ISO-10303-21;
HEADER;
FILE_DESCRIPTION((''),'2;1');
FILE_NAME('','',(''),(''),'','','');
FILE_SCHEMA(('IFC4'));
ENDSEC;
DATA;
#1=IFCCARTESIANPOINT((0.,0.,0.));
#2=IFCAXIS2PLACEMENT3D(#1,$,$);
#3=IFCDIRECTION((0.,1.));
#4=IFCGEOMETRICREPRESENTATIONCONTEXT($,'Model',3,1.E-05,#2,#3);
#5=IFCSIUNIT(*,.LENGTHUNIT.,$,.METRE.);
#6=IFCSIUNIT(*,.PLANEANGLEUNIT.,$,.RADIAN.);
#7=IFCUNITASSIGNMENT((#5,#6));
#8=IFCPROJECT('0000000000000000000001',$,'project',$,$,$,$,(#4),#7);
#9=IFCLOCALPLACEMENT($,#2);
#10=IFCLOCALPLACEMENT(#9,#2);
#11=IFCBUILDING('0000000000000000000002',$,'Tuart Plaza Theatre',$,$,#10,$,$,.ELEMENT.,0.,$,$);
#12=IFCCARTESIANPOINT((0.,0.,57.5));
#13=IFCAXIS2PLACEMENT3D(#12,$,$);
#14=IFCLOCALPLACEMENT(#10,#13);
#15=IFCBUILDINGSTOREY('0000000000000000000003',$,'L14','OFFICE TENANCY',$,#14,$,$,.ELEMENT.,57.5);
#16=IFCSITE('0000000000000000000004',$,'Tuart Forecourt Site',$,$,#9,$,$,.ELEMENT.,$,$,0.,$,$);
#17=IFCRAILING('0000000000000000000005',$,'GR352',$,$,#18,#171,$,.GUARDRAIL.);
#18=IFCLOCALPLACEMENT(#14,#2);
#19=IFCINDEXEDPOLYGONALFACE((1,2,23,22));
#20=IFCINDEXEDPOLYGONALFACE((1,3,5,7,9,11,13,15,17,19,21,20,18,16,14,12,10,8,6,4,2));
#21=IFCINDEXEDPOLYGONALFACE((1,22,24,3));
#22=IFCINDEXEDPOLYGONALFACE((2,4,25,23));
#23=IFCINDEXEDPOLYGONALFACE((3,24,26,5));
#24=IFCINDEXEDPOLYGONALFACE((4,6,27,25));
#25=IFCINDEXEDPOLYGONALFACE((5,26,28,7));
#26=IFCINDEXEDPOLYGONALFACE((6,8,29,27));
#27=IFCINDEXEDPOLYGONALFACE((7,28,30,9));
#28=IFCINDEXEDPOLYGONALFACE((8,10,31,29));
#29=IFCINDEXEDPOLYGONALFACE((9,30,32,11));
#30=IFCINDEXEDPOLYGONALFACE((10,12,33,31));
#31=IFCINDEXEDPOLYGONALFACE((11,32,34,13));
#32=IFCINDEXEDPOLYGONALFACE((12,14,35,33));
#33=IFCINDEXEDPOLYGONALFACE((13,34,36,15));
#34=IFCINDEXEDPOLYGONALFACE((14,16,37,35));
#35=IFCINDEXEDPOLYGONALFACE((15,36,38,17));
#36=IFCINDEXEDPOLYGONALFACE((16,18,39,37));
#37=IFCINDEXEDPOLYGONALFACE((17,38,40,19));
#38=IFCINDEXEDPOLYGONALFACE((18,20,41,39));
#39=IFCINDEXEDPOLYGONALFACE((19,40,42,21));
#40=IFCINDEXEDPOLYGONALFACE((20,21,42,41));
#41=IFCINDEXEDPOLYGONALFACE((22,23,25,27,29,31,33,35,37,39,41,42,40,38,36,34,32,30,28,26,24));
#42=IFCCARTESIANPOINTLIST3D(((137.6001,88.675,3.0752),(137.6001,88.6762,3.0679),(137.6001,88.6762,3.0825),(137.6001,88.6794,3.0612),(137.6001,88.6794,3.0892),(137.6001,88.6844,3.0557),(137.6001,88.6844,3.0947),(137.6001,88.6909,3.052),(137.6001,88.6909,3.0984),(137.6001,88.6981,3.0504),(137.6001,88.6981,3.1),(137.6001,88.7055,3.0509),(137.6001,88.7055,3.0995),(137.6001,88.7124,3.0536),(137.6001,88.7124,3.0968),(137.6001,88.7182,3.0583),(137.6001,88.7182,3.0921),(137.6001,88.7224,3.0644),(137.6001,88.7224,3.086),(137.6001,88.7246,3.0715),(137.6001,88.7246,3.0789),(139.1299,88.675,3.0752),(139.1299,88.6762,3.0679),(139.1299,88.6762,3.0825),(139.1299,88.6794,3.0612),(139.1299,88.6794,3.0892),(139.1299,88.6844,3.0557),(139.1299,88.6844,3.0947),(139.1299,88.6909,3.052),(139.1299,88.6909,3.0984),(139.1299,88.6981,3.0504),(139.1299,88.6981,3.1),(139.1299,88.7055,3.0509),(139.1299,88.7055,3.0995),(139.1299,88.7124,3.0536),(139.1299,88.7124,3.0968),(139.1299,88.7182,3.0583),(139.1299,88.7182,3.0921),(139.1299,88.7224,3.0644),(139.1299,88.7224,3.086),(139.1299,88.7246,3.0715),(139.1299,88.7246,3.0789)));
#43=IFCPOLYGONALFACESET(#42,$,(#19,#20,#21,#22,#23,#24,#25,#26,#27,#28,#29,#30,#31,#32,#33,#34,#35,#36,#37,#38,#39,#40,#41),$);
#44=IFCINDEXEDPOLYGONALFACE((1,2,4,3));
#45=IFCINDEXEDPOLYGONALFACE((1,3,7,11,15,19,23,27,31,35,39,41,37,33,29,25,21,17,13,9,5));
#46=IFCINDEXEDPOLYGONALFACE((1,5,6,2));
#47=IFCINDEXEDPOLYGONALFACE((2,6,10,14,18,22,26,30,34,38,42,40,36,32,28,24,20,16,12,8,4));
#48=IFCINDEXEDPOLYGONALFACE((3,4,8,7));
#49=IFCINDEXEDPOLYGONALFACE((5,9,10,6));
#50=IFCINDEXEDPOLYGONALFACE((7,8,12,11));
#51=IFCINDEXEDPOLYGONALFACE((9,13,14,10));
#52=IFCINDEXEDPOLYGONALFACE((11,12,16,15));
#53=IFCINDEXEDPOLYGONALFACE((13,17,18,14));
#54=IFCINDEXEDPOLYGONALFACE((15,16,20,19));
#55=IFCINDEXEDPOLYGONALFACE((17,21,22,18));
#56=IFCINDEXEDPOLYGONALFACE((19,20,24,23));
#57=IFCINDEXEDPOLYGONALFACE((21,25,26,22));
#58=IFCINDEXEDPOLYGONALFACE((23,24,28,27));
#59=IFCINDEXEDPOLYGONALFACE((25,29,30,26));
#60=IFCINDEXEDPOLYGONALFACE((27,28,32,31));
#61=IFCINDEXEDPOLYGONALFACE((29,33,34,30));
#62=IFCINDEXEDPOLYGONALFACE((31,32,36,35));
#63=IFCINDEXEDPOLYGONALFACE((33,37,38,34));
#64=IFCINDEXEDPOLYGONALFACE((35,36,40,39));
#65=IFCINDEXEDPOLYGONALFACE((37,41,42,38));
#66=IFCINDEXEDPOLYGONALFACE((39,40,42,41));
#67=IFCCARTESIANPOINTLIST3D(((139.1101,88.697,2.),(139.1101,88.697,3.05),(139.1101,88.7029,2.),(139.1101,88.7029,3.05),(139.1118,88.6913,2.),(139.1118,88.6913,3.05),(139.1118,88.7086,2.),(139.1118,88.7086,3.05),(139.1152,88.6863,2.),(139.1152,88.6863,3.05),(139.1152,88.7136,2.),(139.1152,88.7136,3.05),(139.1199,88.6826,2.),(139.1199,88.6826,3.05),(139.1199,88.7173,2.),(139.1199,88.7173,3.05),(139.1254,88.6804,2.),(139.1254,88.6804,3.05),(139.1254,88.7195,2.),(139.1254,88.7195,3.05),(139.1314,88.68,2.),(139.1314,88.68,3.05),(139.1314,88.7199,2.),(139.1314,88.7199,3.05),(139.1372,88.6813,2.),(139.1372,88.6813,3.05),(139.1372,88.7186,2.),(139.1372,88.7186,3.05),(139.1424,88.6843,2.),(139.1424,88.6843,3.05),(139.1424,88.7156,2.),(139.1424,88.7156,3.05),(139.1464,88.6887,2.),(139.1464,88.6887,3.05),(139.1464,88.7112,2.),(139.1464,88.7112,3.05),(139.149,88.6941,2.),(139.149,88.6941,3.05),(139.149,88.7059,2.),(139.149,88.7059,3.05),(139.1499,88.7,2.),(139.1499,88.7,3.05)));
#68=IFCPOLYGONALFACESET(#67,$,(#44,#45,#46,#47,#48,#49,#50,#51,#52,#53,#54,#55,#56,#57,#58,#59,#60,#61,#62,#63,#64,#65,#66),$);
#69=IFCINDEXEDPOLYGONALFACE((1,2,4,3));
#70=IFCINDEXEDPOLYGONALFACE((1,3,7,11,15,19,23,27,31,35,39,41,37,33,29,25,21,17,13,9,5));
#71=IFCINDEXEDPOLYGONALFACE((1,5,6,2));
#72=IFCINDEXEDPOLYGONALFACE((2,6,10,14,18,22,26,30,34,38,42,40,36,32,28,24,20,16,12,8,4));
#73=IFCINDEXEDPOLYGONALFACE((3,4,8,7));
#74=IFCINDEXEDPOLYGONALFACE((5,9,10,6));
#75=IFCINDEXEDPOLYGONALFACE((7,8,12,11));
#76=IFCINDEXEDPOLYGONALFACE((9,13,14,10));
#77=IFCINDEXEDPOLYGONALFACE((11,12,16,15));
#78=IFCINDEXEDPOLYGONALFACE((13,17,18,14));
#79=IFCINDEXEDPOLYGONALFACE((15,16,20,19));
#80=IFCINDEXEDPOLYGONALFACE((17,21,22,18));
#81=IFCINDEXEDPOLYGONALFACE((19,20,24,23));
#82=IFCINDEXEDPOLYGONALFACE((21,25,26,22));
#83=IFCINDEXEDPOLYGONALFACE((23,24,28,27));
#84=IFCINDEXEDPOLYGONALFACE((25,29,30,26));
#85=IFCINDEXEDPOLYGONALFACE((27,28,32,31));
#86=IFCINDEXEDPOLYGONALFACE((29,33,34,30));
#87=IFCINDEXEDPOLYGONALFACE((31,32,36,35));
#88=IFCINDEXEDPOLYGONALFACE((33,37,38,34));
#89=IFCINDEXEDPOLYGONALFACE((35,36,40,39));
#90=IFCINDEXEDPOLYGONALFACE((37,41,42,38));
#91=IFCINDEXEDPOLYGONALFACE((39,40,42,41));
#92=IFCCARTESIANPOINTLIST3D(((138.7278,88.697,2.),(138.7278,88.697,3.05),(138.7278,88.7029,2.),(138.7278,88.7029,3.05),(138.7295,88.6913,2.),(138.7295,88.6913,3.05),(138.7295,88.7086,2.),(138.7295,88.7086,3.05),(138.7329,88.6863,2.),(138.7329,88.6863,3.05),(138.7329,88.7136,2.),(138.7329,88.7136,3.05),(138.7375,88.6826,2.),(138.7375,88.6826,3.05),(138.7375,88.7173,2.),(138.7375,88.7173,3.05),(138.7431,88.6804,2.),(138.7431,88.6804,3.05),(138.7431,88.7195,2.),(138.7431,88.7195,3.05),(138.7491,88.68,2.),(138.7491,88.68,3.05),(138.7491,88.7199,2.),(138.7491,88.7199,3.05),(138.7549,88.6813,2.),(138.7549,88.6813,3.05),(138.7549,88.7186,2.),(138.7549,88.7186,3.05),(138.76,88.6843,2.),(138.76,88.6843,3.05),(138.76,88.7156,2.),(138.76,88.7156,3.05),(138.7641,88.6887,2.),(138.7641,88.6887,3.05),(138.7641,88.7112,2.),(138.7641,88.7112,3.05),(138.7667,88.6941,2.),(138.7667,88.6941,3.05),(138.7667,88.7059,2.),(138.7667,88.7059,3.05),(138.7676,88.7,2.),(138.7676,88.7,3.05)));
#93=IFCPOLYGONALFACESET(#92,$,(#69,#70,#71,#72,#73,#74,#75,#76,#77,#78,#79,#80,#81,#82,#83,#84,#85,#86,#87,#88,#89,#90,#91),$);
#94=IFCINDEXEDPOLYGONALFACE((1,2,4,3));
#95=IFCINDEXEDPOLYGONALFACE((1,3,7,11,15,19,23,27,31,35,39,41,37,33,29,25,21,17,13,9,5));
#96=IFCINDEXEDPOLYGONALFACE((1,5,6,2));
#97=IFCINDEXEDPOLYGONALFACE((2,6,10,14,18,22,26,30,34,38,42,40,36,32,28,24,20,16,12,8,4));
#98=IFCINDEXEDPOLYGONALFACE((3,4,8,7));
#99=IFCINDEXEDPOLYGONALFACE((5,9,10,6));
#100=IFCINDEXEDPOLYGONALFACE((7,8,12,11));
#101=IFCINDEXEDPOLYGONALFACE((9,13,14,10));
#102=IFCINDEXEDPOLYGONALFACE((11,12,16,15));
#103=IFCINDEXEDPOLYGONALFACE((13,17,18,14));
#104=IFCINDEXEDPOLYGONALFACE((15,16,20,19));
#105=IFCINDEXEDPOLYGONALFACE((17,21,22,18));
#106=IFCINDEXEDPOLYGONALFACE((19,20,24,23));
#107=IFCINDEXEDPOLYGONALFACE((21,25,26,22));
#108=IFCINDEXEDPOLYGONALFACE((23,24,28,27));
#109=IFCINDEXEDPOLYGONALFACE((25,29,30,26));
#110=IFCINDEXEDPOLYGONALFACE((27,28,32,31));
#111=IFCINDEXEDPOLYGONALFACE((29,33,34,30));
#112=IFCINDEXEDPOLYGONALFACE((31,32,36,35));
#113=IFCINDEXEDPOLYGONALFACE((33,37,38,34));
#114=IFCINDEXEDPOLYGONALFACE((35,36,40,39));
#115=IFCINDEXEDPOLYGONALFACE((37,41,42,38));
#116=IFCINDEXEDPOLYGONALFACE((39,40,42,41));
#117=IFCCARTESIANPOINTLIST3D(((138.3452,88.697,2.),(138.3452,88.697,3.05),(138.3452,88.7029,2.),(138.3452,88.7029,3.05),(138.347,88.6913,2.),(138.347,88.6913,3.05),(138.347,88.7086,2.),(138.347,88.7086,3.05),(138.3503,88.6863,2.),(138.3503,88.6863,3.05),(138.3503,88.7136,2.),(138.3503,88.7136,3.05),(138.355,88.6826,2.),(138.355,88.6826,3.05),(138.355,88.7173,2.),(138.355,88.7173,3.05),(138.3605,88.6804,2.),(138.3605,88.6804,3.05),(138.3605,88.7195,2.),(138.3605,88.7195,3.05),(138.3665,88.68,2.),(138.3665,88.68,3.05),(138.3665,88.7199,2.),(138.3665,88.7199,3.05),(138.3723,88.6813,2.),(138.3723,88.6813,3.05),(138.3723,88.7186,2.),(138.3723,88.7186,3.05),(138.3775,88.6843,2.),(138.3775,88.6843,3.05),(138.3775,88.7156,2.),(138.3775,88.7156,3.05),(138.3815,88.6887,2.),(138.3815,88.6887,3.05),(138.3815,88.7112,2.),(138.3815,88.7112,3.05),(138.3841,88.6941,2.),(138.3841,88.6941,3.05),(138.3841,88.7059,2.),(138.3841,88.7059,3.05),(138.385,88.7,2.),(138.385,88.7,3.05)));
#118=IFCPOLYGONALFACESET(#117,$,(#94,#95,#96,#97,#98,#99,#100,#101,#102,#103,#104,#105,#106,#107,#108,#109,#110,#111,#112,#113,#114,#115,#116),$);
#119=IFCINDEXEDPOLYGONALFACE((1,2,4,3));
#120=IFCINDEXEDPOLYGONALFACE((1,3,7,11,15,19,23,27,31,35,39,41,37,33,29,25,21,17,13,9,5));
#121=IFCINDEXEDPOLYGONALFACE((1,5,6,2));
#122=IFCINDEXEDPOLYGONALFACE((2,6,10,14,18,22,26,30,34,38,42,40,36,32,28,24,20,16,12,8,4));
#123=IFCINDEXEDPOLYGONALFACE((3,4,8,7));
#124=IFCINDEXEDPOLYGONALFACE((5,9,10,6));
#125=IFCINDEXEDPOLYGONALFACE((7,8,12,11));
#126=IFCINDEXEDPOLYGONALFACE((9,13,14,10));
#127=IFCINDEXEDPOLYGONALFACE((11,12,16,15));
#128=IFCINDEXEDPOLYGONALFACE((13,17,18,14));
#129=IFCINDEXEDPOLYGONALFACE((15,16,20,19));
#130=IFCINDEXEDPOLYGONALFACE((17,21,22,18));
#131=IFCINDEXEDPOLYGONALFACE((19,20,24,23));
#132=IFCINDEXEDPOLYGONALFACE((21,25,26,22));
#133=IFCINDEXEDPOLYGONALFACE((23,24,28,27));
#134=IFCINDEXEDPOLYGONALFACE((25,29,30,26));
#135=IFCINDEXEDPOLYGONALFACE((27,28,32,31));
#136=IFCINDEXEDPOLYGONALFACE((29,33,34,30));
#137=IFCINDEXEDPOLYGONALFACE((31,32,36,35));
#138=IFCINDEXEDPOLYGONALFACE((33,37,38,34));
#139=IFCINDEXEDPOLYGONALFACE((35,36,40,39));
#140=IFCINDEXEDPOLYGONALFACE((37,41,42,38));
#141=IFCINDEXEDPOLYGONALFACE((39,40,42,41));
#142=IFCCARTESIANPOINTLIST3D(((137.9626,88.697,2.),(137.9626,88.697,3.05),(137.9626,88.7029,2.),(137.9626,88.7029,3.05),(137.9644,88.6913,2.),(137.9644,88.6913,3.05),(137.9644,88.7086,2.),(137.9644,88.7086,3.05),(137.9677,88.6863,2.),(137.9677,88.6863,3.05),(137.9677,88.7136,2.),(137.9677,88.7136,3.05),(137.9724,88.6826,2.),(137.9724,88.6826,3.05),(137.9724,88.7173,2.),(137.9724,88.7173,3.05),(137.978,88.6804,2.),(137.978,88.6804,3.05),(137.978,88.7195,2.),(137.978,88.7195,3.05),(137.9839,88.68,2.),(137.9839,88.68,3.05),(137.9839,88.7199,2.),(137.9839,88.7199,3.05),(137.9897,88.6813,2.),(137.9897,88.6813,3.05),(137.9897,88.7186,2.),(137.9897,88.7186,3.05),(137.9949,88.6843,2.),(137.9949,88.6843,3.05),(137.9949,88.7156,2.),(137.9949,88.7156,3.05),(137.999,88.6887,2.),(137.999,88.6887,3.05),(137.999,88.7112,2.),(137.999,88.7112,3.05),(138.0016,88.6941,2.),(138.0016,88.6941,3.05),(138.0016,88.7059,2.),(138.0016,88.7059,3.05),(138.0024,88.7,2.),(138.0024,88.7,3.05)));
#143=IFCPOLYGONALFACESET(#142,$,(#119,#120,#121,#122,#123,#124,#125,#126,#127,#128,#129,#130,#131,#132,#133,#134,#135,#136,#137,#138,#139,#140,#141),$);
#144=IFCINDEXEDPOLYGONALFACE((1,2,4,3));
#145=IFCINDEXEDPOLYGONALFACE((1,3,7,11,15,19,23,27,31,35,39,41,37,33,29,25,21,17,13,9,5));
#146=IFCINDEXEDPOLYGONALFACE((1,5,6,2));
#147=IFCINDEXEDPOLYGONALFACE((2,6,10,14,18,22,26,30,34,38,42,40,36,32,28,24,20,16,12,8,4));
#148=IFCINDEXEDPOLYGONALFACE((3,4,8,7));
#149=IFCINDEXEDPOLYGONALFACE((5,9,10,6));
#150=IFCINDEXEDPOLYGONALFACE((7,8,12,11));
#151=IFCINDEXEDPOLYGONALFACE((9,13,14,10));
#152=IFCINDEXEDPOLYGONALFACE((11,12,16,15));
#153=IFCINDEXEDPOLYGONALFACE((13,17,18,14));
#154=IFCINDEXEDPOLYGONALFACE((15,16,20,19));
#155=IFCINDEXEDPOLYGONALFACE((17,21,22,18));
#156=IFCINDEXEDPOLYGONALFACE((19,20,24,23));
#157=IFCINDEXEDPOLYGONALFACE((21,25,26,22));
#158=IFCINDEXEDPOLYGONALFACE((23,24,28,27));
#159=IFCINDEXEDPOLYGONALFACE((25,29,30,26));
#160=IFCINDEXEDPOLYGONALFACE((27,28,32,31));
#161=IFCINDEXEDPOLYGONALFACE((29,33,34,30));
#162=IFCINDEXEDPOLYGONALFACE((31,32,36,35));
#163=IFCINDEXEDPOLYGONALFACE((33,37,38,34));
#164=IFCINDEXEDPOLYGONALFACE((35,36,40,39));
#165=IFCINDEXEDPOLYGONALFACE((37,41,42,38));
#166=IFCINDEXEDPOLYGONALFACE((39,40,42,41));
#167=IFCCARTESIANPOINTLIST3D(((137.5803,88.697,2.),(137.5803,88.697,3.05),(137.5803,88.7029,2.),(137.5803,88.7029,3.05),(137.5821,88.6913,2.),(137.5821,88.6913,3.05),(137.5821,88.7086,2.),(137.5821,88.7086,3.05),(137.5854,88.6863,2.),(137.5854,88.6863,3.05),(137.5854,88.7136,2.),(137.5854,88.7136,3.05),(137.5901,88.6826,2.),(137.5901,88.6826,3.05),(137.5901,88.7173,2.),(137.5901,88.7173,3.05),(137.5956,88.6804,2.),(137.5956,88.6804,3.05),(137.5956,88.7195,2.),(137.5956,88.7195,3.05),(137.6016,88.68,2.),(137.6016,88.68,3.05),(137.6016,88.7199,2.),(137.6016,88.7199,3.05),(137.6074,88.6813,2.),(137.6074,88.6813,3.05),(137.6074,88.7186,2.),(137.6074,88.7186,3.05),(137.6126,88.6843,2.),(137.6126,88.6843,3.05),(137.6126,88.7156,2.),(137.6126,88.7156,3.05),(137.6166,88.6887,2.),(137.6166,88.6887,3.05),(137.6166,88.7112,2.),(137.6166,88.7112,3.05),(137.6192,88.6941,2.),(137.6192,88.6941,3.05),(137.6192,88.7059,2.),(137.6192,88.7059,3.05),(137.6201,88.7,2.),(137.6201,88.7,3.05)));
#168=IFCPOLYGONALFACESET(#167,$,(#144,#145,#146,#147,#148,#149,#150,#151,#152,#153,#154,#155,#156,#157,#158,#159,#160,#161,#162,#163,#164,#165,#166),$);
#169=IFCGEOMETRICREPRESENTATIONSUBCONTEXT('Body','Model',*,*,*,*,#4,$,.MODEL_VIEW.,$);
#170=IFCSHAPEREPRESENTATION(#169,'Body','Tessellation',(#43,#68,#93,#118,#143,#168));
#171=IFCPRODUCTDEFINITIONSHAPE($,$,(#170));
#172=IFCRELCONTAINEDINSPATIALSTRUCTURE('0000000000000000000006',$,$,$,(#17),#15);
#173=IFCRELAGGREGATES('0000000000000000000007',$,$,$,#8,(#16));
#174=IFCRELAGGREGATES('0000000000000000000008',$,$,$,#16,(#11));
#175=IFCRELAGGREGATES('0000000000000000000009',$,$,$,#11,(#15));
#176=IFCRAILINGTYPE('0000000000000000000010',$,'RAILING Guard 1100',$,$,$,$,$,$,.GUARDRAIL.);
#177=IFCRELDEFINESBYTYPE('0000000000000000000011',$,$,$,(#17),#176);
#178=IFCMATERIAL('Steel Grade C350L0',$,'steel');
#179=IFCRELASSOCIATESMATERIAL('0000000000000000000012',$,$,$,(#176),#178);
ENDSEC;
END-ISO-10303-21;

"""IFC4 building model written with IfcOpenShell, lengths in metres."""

from ifc_helpers import new_model, si_unit, direction, frame, origin, origin_2d, place, context, subcontext, project, spatial, circle, extrude, material, type_object, element, save


model = new_model("IFC4")

# Units and contexts
model_context = context("Model", 3, precision=1e-05, world=origin(), true_north=direction((0.0, 1.0)))
body_context = subcontext(model_context, "Body", "Model", "MODEL_VIEW")
ifc_project = project(units=[si_unit("LENGTHUNIT", "METRE"), si_unit("PLANEANGLEUNIT", "RADIAN")], contexts=[model_context])

# Site, building, storey
site_placement = place(None, origin())
site = spatial("IfcSite", under=ifc_project, at=site_placement, Name="Tuart Forecourt Site", CompositionType="ELEMENT", RefElevation=0.0)
building_placement = place(site_placement, origin())
building = spatial("IfcBuilding", under=site, at=building_placement, Name="Tuart Plaza Theatre", CompositionType="ELEMENT", ElevationOfRefHeight=0.0)
storey_placement = place(building_placement, frame((0.0, 0.0, 57.5)))
storey = spatial("IfcBuildingStorey", under=building, at=storey_placement, Name="L14", Description="OFFICE TENANCY", CompositionType="ELEMENT", Elevation=57.5)

# Railing
ifc_material_1 = material(Name="Steel Grade C350L0", Category="steel")
railing_type_1 = type_object("IfcRailingType", Name="RAILING Guard 1100", PredefinedType="GUARDRAIL", material=ifc_material_1)
railing_1_placement = place(storey_placement, frame((139.1299, 88.7, 2.0)))
element("IfcRailing", 1, at=railing_1_placement, inside=storey, type_object=railing_type_1, Name="GR352", PredefinedType="GUARDRAIL", context=body_context, shape_type="SweptSolid", body=[
    extrude(circle(Radius=0.0249, at=origin_2d()), frame((0.0, 0.0, 1.0752), z_axis=(-1.0, 0.0, 0.0), x_axis=(0.0, -1.0, 0.0)), (0.0, 0.0, 1.0), 1.5298),
    extrude(circle(Radius=0.02, at=origin_2d()), origin(), (0.0, 0.0, 1.0), 1.05),
    extrude(circle(Radius=0.02, at=origin_2d()), frame((-0.3823, 0.0, 0.0)), (0.0, 0.0, 1.0), 1.05),
    extrude(circle(Radius=0.02, at=origin_2d()), frame((-0.7649, 0.0, 0.0)), (0.0, 0.0, 1.0), 1.05),
    extrude(circle(Radius=0.02, at=origin_2d()), frame((-1.1475, 0.0, 0.0)), (0.0, 0.0, 1.0), 1.05),
    extrude(circle(Radius=0.02, at=origin_2d()), frame((-1.5298, 0.0, 0.0)), (0.0, 0.0, 1.0), 1.05),
])

save(model, "model.ifc")
